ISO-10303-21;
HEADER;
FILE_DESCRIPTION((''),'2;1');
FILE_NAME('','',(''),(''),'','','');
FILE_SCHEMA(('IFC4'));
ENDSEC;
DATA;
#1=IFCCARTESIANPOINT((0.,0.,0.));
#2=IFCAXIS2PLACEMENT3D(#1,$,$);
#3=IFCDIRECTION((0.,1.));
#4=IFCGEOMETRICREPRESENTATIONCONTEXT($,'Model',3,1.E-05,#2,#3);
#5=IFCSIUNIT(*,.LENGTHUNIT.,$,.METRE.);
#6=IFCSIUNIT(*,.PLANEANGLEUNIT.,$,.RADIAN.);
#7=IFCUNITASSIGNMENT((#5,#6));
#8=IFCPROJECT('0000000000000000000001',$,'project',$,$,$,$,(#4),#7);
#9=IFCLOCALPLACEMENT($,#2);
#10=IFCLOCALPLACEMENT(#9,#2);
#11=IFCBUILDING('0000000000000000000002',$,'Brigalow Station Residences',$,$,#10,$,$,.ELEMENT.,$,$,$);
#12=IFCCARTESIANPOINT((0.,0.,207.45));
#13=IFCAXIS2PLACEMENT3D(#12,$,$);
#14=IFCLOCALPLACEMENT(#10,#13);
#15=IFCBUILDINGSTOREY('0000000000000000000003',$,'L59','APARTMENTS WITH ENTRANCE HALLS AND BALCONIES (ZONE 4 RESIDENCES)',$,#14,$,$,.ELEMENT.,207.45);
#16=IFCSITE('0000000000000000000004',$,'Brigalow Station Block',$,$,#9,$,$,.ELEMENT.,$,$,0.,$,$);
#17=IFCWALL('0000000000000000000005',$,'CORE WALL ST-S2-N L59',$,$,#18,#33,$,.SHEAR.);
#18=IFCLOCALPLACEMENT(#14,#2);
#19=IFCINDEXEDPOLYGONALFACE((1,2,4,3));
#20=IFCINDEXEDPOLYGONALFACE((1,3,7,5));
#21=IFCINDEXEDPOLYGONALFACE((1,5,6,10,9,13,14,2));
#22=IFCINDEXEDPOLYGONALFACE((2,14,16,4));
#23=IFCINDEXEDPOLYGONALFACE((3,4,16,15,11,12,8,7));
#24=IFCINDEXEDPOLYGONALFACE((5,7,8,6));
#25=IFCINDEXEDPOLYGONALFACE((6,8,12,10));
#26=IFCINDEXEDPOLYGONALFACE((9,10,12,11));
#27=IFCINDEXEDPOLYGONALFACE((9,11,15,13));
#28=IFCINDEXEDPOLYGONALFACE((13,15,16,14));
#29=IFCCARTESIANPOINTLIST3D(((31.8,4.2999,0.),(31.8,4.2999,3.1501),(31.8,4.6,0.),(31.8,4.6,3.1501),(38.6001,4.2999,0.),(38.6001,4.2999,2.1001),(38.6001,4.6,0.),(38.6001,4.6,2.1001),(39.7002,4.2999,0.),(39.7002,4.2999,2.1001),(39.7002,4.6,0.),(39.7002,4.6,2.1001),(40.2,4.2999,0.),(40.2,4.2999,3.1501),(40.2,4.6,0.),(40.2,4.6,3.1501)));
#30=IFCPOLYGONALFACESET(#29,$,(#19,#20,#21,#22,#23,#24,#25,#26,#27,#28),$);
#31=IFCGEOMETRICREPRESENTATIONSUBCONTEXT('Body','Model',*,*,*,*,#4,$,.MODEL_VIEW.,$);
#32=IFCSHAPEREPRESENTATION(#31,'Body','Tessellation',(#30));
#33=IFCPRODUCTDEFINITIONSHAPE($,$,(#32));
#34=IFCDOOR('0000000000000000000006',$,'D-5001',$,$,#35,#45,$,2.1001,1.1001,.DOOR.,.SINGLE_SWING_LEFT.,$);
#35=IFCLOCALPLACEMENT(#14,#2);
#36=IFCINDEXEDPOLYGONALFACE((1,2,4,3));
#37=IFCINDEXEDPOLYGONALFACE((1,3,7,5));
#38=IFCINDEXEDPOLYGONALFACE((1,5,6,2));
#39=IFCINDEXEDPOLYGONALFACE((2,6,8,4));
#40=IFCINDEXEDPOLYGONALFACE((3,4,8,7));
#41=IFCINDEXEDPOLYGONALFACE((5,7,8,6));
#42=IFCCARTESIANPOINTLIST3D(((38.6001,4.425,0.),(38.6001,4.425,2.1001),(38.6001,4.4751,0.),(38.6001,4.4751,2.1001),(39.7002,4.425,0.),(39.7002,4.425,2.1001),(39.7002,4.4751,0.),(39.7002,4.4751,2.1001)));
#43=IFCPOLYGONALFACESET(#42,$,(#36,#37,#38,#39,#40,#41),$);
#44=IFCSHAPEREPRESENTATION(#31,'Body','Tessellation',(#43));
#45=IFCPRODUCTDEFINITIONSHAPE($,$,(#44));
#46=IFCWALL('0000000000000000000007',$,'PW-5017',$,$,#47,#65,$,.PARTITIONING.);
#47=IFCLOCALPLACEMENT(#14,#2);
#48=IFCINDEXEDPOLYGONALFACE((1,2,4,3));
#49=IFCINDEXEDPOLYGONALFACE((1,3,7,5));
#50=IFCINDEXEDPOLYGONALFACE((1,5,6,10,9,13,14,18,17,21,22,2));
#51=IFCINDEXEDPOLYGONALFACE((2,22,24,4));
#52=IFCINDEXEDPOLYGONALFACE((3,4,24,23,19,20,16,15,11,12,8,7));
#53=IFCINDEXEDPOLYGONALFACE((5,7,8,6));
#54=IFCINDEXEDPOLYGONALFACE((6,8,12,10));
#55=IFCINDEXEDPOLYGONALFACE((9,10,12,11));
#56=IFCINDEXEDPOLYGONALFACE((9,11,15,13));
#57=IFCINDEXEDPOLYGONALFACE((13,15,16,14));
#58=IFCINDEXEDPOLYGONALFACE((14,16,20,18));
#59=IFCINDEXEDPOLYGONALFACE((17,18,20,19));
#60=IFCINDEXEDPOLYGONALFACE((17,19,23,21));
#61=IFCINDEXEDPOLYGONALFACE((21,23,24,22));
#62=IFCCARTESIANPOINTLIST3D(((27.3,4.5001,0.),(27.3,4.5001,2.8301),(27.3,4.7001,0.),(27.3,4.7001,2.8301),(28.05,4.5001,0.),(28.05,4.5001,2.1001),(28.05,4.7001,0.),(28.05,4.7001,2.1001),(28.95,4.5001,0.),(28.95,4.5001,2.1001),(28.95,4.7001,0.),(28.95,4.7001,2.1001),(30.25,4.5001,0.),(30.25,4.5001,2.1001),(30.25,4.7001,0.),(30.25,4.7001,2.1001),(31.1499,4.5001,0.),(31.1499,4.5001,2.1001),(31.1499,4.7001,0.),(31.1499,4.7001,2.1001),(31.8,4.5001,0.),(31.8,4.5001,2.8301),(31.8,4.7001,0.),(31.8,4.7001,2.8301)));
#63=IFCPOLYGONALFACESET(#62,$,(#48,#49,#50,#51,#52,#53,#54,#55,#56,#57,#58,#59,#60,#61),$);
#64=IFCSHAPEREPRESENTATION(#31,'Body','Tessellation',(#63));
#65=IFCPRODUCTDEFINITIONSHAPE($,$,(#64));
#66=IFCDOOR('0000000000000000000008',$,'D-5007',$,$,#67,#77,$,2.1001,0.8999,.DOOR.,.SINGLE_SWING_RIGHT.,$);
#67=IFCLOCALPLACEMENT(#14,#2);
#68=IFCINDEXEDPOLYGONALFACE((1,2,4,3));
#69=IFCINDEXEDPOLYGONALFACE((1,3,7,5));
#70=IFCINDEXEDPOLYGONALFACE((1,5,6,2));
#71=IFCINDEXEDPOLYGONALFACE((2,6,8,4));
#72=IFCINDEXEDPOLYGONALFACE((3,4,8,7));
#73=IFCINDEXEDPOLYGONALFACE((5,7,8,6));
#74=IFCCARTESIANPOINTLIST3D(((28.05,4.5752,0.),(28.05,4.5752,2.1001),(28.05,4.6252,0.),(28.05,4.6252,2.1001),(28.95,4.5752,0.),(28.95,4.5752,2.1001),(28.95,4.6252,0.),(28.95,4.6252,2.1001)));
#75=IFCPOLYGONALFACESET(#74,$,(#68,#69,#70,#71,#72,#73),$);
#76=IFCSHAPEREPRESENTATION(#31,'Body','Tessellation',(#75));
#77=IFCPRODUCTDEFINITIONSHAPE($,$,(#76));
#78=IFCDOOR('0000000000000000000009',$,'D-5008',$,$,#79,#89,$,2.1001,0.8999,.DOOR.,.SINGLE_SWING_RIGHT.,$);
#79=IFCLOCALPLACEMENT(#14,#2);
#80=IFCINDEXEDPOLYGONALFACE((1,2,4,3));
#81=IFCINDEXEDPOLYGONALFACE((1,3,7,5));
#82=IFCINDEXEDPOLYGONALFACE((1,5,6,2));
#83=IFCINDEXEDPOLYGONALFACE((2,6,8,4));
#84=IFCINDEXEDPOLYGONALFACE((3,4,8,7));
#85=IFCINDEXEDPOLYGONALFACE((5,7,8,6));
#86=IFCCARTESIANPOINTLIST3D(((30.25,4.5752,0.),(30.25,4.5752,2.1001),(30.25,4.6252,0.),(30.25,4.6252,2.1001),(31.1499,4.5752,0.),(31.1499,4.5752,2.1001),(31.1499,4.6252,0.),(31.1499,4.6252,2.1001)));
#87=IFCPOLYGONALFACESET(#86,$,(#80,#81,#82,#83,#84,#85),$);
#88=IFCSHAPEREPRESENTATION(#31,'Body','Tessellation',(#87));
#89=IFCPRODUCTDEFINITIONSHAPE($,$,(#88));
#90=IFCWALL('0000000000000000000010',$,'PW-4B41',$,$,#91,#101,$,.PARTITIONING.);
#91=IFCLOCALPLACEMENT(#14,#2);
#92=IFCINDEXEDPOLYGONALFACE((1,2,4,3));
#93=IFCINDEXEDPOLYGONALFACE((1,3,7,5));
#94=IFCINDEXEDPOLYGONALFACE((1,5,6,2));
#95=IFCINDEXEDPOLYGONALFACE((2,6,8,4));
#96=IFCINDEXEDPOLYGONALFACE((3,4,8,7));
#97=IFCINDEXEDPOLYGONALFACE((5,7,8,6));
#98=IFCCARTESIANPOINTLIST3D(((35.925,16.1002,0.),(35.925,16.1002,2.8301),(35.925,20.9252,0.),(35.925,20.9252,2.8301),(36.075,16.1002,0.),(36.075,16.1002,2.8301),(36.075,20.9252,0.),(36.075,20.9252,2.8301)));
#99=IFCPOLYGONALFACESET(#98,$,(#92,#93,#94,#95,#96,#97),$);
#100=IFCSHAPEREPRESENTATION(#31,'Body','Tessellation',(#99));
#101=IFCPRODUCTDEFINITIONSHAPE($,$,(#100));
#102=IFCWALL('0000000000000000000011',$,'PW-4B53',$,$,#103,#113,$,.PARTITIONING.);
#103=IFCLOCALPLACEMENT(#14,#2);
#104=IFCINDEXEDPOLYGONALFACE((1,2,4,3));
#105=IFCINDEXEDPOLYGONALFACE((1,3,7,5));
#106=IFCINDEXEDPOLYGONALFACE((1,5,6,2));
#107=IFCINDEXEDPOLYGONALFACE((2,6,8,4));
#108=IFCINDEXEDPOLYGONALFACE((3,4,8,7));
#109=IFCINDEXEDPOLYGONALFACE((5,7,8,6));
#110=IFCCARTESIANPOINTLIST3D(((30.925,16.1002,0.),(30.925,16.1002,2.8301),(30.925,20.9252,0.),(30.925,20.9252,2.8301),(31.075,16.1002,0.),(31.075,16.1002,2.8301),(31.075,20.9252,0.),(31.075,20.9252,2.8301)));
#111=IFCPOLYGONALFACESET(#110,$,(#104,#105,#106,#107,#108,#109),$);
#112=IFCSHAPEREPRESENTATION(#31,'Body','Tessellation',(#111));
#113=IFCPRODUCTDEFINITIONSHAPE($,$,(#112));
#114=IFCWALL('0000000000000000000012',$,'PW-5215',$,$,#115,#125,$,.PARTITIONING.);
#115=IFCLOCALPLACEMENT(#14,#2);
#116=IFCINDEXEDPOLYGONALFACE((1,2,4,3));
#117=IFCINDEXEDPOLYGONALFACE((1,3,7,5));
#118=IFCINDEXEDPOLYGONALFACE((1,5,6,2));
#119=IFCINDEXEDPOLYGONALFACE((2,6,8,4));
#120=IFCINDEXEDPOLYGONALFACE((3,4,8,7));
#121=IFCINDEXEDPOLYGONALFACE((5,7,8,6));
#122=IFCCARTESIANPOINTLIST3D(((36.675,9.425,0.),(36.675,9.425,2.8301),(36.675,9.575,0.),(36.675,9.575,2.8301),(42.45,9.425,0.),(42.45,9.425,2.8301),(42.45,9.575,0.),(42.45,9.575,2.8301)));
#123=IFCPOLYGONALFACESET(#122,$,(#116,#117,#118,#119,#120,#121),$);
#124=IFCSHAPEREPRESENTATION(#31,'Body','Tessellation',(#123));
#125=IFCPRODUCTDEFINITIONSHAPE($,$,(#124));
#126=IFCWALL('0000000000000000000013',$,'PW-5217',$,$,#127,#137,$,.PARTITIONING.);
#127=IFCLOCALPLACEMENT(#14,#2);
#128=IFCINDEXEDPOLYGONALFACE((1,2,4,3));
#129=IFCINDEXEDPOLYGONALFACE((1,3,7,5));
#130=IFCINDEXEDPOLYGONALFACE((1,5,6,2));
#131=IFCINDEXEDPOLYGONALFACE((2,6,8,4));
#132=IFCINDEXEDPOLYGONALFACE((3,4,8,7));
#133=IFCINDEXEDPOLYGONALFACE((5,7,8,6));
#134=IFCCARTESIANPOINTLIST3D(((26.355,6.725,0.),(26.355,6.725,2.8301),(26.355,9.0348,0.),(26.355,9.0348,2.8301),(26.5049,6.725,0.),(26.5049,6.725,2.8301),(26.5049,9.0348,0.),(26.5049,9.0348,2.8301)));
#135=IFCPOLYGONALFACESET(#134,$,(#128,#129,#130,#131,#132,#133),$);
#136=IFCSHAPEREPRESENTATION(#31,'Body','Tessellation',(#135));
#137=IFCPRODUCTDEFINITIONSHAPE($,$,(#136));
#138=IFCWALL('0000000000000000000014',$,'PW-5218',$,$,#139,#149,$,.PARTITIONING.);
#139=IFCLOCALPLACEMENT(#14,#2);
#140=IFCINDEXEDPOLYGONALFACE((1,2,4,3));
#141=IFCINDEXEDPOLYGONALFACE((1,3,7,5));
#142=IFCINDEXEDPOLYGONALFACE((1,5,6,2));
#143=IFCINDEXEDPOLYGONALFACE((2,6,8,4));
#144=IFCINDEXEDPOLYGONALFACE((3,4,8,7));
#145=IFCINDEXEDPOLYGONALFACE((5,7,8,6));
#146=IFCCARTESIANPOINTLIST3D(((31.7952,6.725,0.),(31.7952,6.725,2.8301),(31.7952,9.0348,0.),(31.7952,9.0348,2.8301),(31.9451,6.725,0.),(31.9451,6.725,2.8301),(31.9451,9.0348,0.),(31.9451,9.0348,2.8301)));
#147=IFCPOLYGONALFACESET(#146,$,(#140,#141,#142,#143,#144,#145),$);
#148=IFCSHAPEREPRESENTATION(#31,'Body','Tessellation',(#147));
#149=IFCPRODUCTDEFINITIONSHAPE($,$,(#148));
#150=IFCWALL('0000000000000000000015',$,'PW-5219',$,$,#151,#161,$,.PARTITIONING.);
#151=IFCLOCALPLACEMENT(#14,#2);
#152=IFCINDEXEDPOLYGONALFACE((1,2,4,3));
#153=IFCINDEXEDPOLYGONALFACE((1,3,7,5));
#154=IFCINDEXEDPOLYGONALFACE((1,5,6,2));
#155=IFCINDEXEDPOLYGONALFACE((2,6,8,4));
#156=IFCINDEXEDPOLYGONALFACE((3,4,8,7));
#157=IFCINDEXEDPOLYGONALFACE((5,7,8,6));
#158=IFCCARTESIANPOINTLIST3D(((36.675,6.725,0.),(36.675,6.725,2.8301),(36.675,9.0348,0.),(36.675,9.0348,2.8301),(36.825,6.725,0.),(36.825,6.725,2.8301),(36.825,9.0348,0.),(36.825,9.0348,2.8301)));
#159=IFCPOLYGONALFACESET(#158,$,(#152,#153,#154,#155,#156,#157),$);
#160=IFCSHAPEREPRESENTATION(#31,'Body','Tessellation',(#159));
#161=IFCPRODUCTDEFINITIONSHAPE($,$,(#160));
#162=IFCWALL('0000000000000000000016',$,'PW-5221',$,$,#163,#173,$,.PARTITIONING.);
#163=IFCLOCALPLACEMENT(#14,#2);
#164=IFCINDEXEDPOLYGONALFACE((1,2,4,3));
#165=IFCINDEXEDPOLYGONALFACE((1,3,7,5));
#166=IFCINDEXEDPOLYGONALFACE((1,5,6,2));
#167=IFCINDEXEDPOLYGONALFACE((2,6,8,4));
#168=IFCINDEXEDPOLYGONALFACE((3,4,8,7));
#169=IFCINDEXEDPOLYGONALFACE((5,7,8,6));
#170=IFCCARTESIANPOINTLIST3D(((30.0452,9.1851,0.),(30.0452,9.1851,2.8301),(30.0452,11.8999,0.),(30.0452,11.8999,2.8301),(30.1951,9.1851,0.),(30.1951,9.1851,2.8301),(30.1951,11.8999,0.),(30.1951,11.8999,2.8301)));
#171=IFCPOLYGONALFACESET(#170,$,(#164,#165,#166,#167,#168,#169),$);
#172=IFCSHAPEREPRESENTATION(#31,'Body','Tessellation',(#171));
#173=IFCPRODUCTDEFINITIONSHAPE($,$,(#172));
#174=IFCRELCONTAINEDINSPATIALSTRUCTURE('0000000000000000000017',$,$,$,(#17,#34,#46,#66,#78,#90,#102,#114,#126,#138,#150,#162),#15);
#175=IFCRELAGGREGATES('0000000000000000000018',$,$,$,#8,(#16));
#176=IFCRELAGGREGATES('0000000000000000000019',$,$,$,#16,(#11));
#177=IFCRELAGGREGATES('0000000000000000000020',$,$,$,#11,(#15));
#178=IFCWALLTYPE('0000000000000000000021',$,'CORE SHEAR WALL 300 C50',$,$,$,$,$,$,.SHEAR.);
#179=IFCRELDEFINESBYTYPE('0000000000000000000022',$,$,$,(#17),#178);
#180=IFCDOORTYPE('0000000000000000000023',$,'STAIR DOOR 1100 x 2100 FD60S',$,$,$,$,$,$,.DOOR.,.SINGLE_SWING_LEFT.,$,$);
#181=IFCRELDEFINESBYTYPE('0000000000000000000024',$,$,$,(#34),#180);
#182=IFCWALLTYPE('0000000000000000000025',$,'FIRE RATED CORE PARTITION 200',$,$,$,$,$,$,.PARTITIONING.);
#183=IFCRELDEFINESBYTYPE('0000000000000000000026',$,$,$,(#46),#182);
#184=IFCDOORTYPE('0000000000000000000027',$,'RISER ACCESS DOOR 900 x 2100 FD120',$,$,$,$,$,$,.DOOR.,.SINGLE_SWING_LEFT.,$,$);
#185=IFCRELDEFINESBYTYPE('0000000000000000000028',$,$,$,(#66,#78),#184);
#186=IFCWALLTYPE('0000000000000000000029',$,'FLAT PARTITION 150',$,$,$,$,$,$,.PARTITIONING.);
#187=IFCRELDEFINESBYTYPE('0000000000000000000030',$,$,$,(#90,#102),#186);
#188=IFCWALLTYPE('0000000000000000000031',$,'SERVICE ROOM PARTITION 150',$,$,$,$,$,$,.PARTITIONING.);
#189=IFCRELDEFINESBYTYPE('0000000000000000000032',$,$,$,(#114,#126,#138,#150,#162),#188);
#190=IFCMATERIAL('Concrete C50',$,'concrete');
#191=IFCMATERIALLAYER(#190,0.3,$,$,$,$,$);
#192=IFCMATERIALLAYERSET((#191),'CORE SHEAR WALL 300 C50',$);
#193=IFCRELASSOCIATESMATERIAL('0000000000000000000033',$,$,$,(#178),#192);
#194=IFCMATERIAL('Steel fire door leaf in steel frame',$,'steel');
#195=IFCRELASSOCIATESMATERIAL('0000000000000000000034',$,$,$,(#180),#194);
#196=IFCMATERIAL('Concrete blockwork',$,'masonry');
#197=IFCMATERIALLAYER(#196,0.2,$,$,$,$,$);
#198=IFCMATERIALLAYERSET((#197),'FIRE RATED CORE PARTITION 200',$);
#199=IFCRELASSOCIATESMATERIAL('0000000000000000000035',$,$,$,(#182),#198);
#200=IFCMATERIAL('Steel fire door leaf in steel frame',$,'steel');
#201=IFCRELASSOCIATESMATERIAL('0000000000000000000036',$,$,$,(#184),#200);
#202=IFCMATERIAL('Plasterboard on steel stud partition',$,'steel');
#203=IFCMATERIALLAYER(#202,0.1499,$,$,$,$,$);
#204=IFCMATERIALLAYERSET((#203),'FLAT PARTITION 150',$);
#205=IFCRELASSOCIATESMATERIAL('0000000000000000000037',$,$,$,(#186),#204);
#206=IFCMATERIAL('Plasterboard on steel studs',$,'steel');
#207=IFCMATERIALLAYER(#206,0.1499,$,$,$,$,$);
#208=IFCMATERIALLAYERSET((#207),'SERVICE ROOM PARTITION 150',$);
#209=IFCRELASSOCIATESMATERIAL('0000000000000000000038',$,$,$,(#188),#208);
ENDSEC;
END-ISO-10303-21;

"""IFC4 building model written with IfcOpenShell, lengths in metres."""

from ifc_helpers import new_model, si_unit, direction, frame, frame_2d, origin, place, context, subcontext, project, spatial, rectangle, extrude, material, layer, layer_set, type_object, element, fill, save


model = new_model("IFC4")

# Units and contexts
model_context = context("Model", 3, precision=1e-05, world=origin(), true_north=direction((0.0, 1.0)))
body_context = subcontext(model_context, "Body", "Model", "MODEL_VIEW")
ifc_project = project(units=[si_unit("LENGTHUNIT", "METRE"), si_unit("PLANEANGLEUNIT", "RADIAN")], contexts=[model_context])

# Site, building, storey
site_placement = place(None, origin())
site = spatial("IfcSite", under=ifc_project, at=site_placement, Name="Brigalow Station Block", CompositionType="ELEMENT", RefElevation=0.0)
building_placement = place(site_placement, origin())
building = spatial("IfcBuilding", under=site, at=building_placement, Name="Brigalow Station Residences", CompositionType="ELEMENT")
storey_placement = place(building_placement, frame((0.0, 0.0, 207.45)))
storey = spatial("IfcBuildingStorey", under=building, at=storey_placement, Name="L59", Description="APARTMENTS WITH ENTRANCE HALLS AND BALCONIES (ZONE 4 RESIDENCES)", CompositionType="ELEMENT", Elevation=207.45)

# Wall, opening, door
ifc_material_1 = material(Name="Concrete C50", Category="concrete")
ifc_layer_1 = layer(ifc_material_1, 0.3)
ifc_layer_set_1 = layer_set([ifc_layer_1], Name="CORE SHEAR WALL 300 C50")
wall_type_1 = type_object("IfcWallType", Name="CORE SHEAR WALL 300 C50", PredefinedType="SHEAR", material=ifc_layer_set_1)
wall_1_placement = place(storey_placement, frame((31.8, 4.45, 0.0), z_axis=(0.0, 0.0, 1.0), x_axis=(1.0, 0.0, 0.0)))
wall_1 = element("IfcWall", 1, at=wall_1_placement, inside=storey, type_object=wall_type_1, Name="CORE WALL ST-S2-N L59", PredefinedType="SHEAR", context=body_context, shape_type="SweptSolid", body=[
    extrude(rectangle(XDim=8.3999, YDim=0.3, at=frame_2d((4.2, 0.0))), origin(), (0.0, 0.0, 1.0), 3.1501),
])
opening_1_placement = place(wall_1_placement, frame((6.8, 0.0, 0.0)))
opening_1 = element("IfcOpeningElement", 2, at=opening_1_placement, cuts=wall_1, PredefinedType="OPENING", context=body_context, shape_type="SweptSolid", body=[
    extrude(rectangle(XDim=1.1001, YDim=2.1001, at=frame_2d((0.55, 1.05))), frame((0.0, 0.1602, 0.0), z_axis=(0.0, -1.0, 0.0), x_axis=(1.0, 0.0, 0.0)), (0.0, 0.0, 1.0), 0.3201),
])
ifc_material_2 = material(Name="Steel fire door leaf in steel frame", Category="steel")
door_type_1 = type_object("IfcDoorType", Name="STAIR DOOR 1100 x 2100 FD60S", OperationType="SINGLE_SWING_LEFT", PredefinedType="DOOR", material=ifc_material_2)
door_1_placement = place(opening_1_placement, frame((1.1001, 0.0, 0.0), z_axis=(0.0, 0.0, 1.0), x_axis=(-1.0, 0.0, 0.0)))
door_1 = element("IfcDoor", 3, at=door_1_placement, inside=storey, type_object=door_type_1, Name="D-5001", OperationType="SINGLE_SWING_LEFT", OverallHeight=2.1001, OverallWidth=1.1001, PredefinedType="DOOR", context=body_context, shape_type="SweptSolid", body=[
    extrude(rectangle(XDim=1.1001, YDim=2.1001, at=frame_2d((0.55, 1.05))), frame((0.0, 0.0249, 0.0), z_axis=(0.0, -1.0, 0.0), x_axis=(1.0, 0.0, 0.0)), (0.0, 0.0, 1.0), 0.05),
])
fill(opening_1, door_1)

# Wall, openings, doors
ifc_material_3 = material(Name="Concrete blockwork", Category="masonry")
ifc_layer_2 = layer(ifc_material_3, 0.2)
ifc_layer_set_2 = layer_set([ifc_layer_2], Name="FIRE RATED CORE PARTITION 200")
wall_type_2 = type_object("IfcWallType", Name="FIRE RATED CORE PARTITION 200", PredefinedType="PARTITIONING", material=ifc_layer_set_2)
wall_2_placement = place(storey_placement, frame((27.3, 4.6001, 0.0), z_axis=(0.0, 0.0, 1.0), x_axis=(1.0, 0.0, 0.0)))
wall_2 = element("IfcWall", 4, at=wall_2_placement, inside=storey, type_object=wall_type_2, Name="PW-5017", PredefinedType="PARTITIONING", context=body_context, shape_type="SweptSolid", body=[
    extrude(rectangle(XDim=4.5, YDim=0.2, at=frame_2d((2.25, 0.0))), origin(), (0.0, 0.0, 1.0), 2.8301),
])
opening_2_placement = place(wall_2_placement, frame((0.75, 0.0, 0.0)))
opening_2 = element("IfcOpeningElement", 5, at=opening_2_placement, cuts=wall_2, PredefinedType="OPENING", context=body_context, shape_type="SweptSolid", body=[
    extrude(rectangle(XDim=0.8999, YDim=2.1001, at=frame_2d((0.45, 1.05))), frame((0.0, 0.1099, 0.0), z_axis=(0.0, -1.0, 0.0), x_axis=(1.0, 0.0, 0.0)), (0.0, 0.0, 1.0), 0.22),
])
opening_3_placement = place(wall_2_placement, frame((2.95, 0.0, 0.0)))
opening_3 = element("IfcOpeningElement", 6, at=opening_3_placement, cuts=wall_2, PredefinedType="OPENING", context=body_context, shape_type="SweptSolid", body=[
    extrude(rectangle(XDim=0.8999, YDim=2.1001, at=frame_2d((0.45, 1.05))), frame((0.0, 0.1099, 0.0), z_axis=(0.0, -1.0, 0.0), x_axis=(1.0, 0.0, 0.0)), (0.0, 0.0, 1.0), 0.22),
])
ifc_material_4 = material(Name="Steel fire door leaf in steel frame", Category="steel")
door_type_2 = type_object("IfcDoorType", Name="RISER ACCESS DOOR 900 x 2100 FD120", OperationType="SINGLE_SWING_LEFT", PredefinedType="DOOR", material=ifc_material_4)
door_2_placement = place(opening_2_placement, frame((0.8999, 0.0, 0.0), z_axis=(0.0, 0.0, 1.0), x_axis=(-1.0, 0.0, 0.0)))
door_2 = element("IfcDoor", 7, at=door_2_placement, inside=storey, type_object=door_type_2, Name="D-5007", OperationType="SINGLE_SWING_RIGHT", OverallHeight=2.1001, OverallWidth=0.8999, PredefinedType="DOOR", context=body_context, shape_type="SweptSolid", body=[
    extrude(rectangle(XDim=0.8999, YDim=2.1001, at=frame_2d((0.45, 1.05))), frame((0.0, 0.0249, 0.0), z_axis=(0.0, -1.0, 0.0), x_axis=(1.0, 0.0, 0.0)), (0.0, 0.0, 1.0), 0.05),
])
fill(opening_2, door_2)
door_3_placement = place(opening_3_placement, frame((0.8999, 0.0, 0.0), z_axis=(0.0, 0.0, 1.0), x_axis=(-1.0, 0.0, 0.0)))
door_3 = element("IfcDoor", 8, at=door_3_placement, inside=storey, type_object=door_type_2, Name="D-5008", OperationType="SINGLE_SWING_RIGHT", OverallHeight=2.1001, OverallWidth=0.8999, PredefinedType="DOOR", context=body_context, shape_type="SweptSolid", body=[
    extrude(rectangle(XDim=0.8999, YDim=2.1001, at=frame_2d((0.45, 1.05))), frame((0.0, 0.0249, 0.0), z_axis=(0.0, -1.0, 0.0), x_axis=(1.0, 0.0, 0.0)), (0.0, 0.0, 1.0), 0.05),
])
fill(opening_3, door_3)

# Walls
ifc_material_5 = material(Name="Plasterboard on steel stud partition", Category="steel")
ifc_layer_3 = layer(ifc_material_5, 0.1499)
ifc_layer_set_3 = layer_set([ifc_layer_3], Name="FLAT PARTITION 150")
wall_type_3 = type_object("IfcWallType", Name="FLAT PARTITION 150", PredefinedType="PARTITIONING", material=ifc_layer_set_3)
for number, where, z_axis, x_axis, name in (
    (9, (36.0, 16.1001, 0.0), (0.0, 0.0, 1.0), (0.0, 1.0, 0.0), "PW-4B41"),
    (10, (31.0, 16.1001, 0.0), (0.0, 0.0, 1.0), (0.0, 1.0, 0.0), "PW-4B53"),
):
    element("IfcWall", number, at=place(storey_placement, frame(where, z_axis=z_axis, x_axis=x_axis)), inside=storey, type_object=wall_type_3, Name=name, PredefinedType="PARTITIONING", context=body_context, shape_type="SweptSolid", body=[
        extrude(rectangle(XDim=4.825, YDim=0.1499, at=frame_2d((2.4126, 0.0))), origin(), (0.0, 0.0, 1.0), 2.8301),
    ])
ifc_material_6 = material(Name="Plasterboard on steel studs", Category="steel")
ifc_layer_4 = layer(ifc_material_6, 0.1499)
ifc_layer_set_4 = layer_set([ifc_layer_4], Name="SERVICE ROOM PARTITION 150")
wall_type_4 = type_object("IfcWallType", Name="SERVICE ROOM PARTITION 150", PredefinedType="PARTITIONING", material=ifc_layer_set_4)
wall_3_placement = place(storey_placement, frame((36.675, 9.5, 0.0), z_axis=(0.0, 0.0, 1.0), x_axis=(1.0, 0.0, 0.0)))
element("IfcWall", 11, at=wall_3_placement, inside=storey, type_object=wall_type_4, Name="PW-5215", PredefinedType="PARTITIONING", context=body_context, shape_type="SweptSolid", body=[
    extrude(rectangle(XDim=5.7749, YDim=0.1499, at=frame_2d((2.8875, 0.0))), origin(), (0.0, 0.0, 1.0), 2.8301),
])
for number, where, z_axis, x_axis, name in (
    (12, (26.4299, 6.7251, 0.0), (0.0, 0.0, 1.0), (0.0, 1.0, 0.0), "PW-5217"),
    (13, (31.8701, 6.7251, 0.0), (0.0, 0.0, 1.0), (0.0, 1.0, 0.0), "PW-5218"),
    (14, (36.75, 6.7251, 0.0), (0.0, 0.0, 1.0), (0.0, 1.0, 0.0), "PW-5219"),
):
    element("IfcWall", number, at=place(storey_placement, frame(where, z_axis=z_axis, x_axis=x_axis)), inside=storey, type_object=wall_type_4, Name=name, PredefinedType="PARTITIONING", context=body_context, shape_type="SweptSolid", body=[
        extrude(rectangle(XDim=2.3098, YDim=0.1499, at=frame_2d((1.1548, 0.0))), origin(), (0.0, 0.0, 1.0), 2.8301),
    ])
wall_4_placement = place(storey_placement, frame((30.1201, 9.1851, 0.0), z_axis=(0.0, 0.0, 1.0), x_axis=(0.0, 1.0, 0.0)))
element("IfcWall", 15, at=wall_4_placement, inside=storey, type_object=wall_type_4, Name="PW-5221", PredefinedType="PARTITIONING", context=body_context, shape_type="SweptSolid", body=[
    extrude(rectangle(XDim=2.7148, YDim=0.1499, at=frame_2d((1.3574, 0.0))), origin(), (0.0, 0.0, 1.0), 2.8301),
])

save(model, "model.ifc")
